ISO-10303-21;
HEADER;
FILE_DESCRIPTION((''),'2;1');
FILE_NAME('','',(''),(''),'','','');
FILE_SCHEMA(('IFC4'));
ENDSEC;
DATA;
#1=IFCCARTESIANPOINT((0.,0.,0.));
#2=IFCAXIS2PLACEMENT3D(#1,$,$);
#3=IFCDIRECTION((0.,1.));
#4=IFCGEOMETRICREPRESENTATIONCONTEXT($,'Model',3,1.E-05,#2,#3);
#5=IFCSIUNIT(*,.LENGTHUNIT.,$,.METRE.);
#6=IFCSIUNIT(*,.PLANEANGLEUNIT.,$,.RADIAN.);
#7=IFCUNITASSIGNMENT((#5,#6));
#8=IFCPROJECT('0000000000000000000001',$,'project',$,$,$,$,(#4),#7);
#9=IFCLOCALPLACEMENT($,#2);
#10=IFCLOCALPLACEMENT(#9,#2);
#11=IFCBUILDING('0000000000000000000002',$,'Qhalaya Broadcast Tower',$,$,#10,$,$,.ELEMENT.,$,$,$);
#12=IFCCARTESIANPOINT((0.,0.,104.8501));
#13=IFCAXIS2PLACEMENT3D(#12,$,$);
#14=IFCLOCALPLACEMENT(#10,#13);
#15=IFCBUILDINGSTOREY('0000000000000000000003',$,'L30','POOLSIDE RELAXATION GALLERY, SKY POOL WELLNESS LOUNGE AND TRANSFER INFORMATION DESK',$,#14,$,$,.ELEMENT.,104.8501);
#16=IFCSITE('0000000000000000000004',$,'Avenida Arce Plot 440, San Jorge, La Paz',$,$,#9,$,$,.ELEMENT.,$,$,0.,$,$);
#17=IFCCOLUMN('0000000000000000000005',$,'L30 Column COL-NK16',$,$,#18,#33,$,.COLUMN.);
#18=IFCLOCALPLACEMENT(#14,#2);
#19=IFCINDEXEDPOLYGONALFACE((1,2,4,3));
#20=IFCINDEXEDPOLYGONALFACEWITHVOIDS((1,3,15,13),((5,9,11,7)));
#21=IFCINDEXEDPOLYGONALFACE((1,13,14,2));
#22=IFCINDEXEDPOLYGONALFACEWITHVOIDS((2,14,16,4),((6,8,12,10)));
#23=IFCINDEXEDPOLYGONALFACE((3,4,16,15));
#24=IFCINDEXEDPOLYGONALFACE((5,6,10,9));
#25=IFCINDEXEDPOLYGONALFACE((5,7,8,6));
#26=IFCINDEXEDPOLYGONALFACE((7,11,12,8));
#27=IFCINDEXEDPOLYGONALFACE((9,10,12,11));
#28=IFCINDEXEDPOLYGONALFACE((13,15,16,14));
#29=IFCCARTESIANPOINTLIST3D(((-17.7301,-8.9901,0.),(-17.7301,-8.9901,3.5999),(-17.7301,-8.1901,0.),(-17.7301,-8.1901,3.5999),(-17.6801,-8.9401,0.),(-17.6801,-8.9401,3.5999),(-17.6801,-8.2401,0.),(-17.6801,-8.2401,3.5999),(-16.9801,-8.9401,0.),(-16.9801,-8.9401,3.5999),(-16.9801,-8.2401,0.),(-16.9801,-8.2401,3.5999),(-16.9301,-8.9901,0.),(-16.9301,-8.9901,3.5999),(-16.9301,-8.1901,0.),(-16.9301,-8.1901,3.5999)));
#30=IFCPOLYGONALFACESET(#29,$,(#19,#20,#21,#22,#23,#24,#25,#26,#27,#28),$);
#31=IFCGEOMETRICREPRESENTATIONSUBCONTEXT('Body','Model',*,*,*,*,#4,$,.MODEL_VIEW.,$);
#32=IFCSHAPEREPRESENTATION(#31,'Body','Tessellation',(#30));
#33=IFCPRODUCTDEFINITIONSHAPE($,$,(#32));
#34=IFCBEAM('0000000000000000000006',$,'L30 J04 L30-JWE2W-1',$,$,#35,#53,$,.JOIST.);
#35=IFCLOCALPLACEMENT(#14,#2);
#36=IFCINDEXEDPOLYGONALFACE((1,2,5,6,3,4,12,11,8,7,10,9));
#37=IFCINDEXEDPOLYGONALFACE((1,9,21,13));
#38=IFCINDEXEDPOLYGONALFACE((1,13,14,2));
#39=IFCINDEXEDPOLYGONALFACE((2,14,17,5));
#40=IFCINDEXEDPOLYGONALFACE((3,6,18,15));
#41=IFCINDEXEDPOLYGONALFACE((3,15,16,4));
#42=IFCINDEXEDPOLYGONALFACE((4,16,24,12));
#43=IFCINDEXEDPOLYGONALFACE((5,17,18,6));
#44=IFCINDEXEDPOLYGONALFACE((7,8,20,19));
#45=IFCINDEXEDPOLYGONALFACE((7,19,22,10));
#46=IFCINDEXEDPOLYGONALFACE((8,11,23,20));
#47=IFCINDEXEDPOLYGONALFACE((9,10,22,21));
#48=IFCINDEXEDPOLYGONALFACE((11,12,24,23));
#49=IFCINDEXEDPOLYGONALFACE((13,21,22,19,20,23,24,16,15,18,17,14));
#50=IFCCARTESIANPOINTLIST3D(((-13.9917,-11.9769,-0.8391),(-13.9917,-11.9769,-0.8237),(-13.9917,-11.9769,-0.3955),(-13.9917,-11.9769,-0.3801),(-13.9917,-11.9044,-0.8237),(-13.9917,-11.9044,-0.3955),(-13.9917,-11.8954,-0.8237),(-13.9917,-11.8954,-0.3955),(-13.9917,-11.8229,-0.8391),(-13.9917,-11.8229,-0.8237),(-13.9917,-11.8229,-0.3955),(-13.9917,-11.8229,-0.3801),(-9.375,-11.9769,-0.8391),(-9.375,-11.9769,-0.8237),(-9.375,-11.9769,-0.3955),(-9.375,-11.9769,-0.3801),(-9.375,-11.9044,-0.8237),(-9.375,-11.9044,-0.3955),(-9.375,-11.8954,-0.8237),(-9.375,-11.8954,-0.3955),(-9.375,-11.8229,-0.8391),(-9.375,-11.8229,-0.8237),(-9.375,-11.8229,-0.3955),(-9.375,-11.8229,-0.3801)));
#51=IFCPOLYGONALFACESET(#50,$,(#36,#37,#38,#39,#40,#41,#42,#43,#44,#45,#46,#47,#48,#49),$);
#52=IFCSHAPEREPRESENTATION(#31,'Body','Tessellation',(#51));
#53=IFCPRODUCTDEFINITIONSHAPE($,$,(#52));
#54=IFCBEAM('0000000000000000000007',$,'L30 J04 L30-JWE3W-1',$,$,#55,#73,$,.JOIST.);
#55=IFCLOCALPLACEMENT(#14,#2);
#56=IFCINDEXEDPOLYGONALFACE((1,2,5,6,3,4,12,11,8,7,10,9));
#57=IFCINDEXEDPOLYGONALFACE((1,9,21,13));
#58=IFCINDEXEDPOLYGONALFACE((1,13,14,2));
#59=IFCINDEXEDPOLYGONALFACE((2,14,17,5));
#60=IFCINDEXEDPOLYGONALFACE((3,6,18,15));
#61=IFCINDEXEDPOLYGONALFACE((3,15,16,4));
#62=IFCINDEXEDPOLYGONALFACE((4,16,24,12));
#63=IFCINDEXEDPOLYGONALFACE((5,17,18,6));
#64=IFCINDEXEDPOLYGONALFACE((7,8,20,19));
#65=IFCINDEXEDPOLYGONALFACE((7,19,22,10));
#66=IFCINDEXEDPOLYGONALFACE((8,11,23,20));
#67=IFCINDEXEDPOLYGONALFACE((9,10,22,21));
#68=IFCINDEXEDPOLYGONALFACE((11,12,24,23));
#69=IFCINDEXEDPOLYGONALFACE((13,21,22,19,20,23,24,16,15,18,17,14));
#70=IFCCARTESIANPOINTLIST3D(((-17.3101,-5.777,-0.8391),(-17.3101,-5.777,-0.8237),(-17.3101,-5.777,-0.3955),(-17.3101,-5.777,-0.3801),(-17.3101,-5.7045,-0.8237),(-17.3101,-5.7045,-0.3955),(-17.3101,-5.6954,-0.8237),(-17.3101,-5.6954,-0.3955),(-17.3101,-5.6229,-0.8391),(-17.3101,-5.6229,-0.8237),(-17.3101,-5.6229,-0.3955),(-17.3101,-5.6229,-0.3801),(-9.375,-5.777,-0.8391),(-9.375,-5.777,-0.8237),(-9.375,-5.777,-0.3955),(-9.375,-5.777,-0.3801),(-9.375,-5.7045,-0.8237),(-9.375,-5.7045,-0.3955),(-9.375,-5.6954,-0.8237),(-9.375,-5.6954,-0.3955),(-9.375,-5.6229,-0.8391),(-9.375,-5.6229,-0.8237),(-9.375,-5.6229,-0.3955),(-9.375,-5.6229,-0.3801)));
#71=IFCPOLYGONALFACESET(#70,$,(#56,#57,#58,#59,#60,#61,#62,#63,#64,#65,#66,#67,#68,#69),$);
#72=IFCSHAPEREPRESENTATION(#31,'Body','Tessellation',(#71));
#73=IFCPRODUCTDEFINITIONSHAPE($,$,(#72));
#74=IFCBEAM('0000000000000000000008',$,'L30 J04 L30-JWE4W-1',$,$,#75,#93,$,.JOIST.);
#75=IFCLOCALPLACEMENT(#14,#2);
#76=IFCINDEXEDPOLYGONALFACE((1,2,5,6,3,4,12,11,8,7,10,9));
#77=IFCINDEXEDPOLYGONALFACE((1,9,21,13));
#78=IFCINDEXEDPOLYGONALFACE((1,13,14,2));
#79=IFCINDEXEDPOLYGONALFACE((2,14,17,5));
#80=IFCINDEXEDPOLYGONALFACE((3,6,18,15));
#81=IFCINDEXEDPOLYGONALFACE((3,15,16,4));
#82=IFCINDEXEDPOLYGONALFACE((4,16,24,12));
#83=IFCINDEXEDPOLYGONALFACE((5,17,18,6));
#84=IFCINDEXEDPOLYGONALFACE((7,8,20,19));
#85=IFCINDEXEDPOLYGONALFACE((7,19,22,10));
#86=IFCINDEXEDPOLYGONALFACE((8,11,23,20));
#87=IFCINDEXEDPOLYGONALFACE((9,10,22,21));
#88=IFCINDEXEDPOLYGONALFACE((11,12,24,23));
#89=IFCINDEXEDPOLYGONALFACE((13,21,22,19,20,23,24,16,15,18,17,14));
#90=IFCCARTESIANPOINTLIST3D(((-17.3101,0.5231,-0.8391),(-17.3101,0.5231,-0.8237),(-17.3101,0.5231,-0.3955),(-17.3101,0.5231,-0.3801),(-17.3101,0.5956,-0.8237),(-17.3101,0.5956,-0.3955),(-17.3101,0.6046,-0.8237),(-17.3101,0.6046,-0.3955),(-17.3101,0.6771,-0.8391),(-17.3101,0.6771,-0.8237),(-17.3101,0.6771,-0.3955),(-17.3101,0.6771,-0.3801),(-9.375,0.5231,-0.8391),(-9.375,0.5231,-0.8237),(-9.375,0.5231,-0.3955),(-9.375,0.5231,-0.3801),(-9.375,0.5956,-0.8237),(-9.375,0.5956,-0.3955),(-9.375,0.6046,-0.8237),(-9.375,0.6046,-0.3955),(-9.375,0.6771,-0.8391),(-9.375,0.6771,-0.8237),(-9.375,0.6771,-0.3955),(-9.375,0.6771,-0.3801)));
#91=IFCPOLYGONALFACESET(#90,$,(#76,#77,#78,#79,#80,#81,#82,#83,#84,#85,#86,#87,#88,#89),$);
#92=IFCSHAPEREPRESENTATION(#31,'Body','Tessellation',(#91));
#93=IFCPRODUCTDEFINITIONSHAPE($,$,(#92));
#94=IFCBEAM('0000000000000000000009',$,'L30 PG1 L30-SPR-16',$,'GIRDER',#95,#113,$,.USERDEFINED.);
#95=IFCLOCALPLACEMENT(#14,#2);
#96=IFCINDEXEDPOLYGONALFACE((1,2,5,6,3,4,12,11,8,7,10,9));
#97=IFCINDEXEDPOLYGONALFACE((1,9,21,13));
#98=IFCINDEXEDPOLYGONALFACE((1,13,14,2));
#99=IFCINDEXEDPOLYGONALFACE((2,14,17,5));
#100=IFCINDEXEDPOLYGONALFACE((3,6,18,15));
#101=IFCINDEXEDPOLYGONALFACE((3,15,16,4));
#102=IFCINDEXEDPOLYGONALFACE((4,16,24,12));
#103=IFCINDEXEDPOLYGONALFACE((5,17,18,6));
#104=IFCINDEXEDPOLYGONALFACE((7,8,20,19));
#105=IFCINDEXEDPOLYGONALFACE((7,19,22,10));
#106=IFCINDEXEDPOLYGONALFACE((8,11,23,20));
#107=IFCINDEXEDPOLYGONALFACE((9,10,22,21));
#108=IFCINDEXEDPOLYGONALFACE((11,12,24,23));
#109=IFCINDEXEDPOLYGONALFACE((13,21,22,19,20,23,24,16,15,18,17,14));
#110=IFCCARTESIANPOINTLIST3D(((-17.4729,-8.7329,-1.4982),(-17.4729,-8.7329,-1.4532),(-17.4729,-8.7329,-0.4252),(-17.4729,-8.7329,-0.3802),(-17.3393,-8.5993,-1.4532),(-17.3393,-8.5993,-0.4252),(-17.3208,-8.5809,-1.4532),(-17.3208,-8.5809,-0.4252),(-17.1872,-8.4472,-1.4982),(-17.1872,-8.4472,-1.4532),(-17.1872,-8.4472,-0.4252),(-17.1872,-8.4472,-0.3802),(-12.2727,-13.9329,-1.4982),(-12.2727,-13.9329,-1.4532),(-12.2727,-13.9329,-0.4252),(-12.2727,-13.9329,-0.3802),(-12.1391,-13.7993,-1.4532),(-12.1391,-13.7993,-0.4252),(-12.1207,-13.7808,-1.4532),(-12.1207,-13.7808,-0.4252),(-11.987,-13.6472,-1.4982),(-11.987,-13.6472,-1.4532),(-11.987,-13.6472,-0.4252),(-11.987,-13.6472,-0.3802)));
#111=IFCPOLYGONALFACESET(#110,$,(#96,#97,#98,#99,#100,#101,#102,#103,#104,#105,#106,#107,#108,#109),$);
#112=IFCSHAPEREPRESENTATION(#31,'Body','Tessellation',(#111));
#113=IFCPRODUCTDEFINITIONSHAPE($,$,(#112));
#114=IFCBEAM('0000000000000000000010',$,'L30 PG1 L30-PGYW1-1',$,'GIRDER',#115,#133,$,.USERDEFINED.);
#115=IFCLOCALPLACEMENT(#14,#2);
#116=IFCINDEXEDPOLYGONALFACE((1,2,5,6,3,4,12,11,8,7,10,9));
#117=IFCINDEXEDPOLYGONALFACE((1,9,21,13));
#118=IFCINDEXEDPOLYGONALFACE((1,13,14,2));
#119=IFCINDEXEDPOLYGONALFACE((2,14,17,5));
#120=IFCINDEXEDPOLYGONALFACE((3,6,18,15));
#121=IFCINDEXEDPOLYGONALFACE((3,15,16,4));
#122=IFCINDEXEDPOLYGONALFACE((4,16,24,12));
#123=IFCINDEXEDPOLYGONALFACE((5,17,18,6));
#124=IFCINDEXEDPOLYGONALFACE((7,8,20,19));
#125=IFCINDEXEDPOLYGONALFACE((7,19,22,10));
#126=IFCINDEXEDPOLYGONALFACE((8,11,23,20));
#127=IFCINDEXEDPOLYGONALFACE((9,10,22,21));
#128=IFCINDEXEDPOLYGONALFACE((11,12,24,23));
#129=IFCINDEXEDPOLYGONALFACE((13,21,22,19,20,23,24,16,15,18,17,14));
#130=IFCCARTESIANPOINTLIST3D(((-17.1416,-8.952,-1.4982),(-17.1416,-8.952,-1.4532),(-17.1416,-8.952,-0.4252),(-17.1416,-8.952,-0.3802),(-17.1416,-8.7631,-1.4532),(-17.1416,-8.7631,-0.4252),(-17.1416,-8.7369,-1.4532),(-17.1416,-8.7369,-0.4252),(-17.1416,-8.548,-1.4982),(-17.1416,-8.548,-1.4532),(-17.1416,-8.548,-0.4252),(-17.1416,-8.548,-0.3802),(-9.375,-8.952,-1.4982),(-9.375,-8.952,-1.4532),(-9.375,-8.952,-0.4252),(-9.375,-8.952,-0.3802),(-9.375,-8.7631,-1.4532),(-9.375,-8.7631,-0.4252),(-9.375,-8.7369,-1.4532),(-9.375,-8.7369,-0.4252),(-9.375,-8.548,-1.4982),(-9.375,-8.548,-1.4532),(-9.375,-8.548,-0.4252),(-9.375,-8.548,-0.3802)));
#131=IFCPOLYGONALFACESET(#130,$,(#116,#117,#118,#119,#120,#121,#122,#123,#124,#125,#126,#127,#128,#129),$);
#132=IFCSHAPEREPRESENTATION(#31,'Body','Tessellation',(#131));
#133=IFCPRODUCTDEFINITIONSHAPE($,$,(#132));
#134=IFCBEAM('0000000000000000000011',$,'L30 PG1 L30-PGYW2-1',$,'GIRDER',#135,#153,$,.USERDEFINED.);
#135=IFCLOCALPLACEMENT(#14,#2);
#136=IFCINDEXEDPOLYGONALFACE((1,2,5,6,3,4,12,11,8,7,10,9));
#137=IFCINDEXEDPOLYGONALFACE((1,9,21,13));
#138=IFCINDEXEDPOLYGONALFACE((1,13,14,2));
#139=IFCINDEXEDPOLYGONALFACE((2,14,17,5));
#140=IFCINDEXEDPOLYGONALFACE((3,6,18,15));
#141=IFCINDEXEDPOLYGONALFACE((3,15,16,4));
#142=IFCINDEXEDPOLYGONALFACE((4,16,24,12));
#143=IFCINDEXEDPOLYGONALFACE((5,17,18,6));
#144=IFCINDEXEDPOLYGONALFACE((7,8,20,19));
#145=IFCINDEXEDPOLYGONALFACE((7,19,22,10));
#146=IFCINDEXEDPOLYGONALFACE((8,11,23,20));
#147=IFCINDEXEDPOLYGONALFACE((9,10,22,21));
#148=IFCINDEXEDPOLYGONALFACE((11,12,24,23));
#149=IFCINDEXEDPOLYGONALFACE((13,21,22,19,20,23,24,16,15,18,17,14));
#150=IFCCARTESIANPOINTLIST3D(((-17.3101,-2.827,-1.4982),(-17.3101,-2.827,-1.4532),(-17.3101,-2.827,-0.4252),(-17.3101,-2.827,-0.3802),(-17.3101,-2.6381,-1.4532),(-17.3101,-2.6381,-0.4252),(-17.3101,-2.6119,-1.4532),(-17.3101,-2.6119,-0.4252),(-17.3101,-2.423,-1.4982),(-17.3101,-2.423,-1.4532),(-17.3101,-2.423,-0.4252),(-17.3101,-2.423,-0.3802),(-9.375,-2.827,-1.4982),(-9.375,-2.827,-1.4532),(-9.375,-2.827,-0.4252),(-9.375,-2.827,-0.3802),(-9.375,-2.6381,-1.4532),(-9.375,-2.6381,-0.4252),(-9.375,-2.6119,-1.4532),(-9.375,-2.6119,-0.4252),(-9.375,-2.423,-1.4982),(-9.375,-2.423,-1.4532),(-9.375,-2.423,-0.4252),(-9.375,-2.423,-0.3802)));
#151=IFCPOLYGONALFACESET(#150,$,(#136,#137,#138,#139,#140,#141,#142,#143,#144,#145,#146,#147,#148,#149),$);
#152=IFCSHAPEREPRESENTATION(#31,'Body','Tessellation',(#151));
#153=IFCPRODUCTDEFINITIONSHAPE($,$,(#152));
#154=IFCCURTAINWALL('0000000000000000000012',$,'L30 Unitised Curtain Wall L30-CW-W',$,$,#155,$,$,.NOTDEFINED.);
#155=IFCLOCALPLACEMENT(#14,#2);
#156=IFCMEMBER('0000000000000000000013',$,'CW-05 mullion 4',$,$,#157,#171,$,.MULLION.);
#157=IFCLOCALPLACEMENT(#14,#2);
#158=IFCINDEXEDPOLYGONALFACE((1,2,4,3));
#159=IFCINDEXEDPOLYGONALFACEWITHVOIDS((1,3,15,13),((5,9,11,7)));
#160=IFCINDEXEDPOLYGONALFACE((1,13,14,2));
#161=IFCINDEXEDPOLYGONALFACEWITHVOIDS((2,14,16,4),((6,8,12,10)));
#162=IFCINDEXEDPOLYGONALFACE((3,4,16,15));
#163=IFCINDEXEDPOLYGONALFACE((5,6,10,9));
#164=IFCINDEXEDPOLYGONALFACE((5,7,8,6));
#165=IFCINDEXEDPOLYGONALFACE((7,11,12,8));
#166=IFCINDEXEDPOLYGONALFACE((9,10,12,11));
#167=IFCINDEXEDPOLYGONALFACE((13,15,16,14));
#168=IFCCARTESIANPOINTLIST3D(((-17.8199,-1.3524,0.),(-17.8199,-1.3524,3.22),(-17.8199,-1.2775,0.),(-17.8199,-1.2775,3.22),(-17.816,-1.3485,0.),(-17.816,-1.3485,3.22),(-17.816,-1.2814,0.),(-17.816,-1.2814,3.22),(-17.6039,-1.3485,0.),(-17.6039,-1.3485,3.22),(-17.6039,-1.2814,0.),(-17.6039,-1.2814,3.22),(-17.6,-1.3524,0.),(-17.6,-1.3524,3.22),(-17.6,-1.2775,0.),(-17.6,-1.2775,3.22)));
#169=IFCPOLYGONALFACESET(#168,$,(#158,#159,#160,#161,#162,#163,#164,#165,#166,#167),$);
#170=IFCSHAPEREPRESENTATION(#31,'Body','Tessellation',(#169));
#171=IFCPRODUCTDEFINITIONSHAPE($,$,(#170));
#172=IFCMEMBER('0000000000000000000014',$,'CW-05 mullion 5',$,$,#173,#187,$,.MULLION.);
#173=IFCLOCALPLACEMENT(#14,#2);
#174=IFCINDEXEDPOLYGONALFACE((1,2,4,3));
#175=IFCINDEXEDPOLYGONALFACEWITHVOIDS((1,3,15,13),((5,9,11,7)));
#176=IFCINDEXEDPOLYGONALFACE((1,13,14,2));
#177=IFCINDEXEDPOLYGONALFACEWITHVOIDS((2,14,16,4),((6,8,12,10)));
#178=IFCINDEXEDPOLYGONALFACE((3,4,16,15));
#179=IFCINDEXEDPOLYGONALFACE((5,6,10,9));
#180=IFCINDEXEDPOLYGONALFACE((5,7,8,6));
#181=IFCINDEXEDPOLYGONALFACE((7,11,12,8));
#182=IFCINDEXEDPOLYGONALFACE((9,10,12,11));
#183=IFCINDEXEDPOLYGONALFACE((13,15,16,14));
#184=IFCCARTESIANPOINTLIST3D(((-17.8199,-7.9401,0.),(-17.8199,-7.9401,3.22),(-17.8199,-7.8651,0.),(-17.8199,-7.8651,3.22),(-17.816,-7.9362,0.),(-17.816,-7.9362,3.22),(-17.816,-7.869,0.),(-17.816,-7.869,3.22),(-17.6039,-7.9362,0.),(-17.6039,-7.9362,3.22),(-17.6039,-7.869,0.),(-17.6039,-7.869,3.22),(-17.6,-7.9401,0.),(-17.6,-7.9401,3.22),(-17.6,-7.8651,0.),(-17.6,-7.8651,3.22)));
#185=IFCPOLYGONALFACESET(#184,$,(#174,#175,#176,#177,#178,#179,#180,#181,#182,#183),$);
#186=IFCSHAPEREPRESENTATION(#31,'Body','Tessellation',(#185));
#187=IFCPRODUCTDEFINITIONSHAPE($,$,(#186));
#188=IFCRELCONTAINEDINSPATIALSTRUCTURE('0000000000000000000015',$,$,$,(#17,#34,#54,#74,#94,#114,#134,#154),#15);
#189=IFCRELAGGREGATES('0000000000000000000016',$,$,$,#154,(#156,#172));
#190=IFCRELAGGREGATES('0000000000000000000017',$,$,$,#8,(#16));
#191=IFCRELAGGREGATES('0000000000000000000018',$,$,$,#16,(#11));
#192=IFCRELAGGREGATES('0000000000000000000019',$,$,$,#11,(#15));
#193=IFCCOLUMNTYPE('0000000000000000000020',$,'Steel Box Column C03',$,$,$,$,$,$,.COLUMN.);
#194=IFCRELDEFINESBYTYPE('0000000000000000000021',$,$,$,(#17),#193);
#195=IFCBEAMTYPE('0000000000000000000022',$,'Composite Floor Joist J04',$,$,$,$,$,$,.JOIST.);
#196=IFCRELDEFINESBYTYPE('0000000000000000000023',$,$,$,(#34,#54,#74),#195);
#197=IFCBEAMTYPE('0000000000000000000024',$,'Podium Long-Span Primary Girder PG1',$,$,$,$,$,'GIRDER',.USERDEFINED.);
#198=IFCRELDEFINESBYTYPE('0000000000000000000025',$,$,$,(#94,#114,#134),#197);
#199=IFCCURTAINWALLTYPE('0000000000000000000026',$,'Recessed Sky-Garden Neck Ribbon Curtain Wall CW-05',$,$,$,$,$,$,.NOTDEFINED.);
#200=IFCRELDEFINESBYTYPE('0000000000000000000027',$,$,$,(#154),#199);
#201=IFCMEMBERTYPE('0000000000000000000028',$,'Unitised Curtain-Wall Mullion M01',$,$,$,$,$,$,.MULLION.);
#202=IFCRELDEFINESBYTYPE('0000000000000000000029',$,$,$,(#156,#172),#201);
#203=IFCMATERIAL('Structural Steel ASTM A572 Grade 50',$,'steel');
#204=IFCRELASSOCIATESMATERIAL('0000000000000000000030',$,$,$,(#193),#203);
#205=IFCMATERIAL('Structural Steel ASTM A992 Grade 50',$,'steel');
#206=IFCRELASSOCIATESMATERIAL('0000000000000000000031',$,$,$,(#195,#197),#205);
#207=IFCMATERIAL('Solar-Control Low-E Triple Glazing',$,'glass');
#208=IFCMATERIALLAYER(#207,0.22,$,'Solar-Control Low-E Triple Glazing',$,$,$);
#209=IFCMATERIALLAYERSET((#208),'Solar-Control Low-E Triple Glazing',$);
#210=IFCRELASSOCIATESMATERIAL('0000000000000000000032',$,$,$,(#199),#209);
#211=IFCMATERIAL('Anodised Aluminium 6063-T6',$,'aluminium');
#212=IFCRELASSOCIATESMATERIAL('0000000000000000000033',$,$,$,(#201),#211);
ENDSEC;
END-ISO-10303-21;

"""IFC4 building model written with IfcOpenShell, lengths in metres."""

from ifc_helpers import new_model, si_unit, direction, frame, origin, origin_2d, place, context, subcontext, project, spatial, hollow_rectangle, i_section, extrude, material, layer, layer_set, material_profile, profile_set, type_object, element, aggregate, save


model = new_model("IFC4")

# Units and contexts
model_context = context("Model", 3, precision=1e-05, world=origin(), true_north=direction((0.0, 1.0)))
body_context = subcontext(model_context, "Body", "Model", "MODEL_VIEW")
ifc_project = project(units=[si_unit("LENGTHUNIT", "METRE"), si_unit("PLANEANGLEUNIT", "RADIAN")], contexts=[model_context])

# Site, building, storey
site_placement = place(None, origin())
site = spatial("IfcSite", under=ifc_project, at=site_placement, Name="Avenida Arce Plot 440, San Jorge, La Paz", CompositionType="ELEMENT", RefElevation=0.0)
building_placement = place(site_placement, origin())
building = spatial("IfcBuilding", under=site, at=building_placement, Name="Qhalaya Broadcast Tower", CompositionType="ELEMENT")
storey_placement = place(building_placement, frame((0.0, 0.0, 104.8501)))
storey = spatial("IfcBuildingStorey", under=building, at=storey_placement, Name="L30", Description="POOLSIDE RELAXATION GALLERY, SKY POOL WELLNESS LOUNGE AND TRANSFER INFORMATION DESK", CompositionType="ELEMENT", Elevation=104.8501)

# Column
ifc_material_1 = material(Name="Structural Steel ASTM A572 Grade 50", Category="steel")
ifc_material_profile_1 = material_profile(ifc_material_1, hollow_rectangle(XDim=0.8, YDim=0.8, WallThickness=0.05, at=origin_2d()), Name="BOX 800x800x50")
ifc_profile_set_1 = profile_set([ifc_material_profile_1], Name="Structural Steel ASTM A572 Grade 50")
column_type = type_object("IfcColumnType", Name="Steel Box Column C03", PredefinedType="COLUMN", material=ifc_profile_set_1)
column_placement = place(storey_placement, frame((-17.3301, -8.5901, 0.0), z_axis=(0.0, 0.0, 1.0), x_axis=(0.0, 1.0, 0.0)))
element("IfcColumn", 1, at=column_placement, inside=storey, type_object=column_type, Name="L30 Column COL-NK16", PredefinedType="COLUMN", context=body_context, shape_type="SweptSolid", body=[
    extrude(hollow_rectangle(XDim=0.8, YDim=0.8, WallThickness=0.05, at=origin_2d()), origin(), (0.0, 0.0, 1.0), 3.5999),
])

# Beams
ifc_material_2 = material(Name="Structural Steel ASTM A992 Grade 50", Category="steel")
ifc_material_profile_2 = material_profile(ifc_material_2, i_section(OverallWidth=0.1541, OverallDepth=0.459, WebThickness=0.009, FlangeThickness=0.0154, at=origin_2d()), Name="W18X46")
ifc_profile_set_2 = profile_set([ifc_material_profile_2], Name="Structural Steel ASTM A992 Grade 50")
beam_type_1 = type_object("IfcBeamType", Name="Composite Floor Joist J04", PredefinedType="JOIST", material=ifc_profile_set_2)
beam_1_placement = place(storey_placement, frame((-13.9917, -11.8999, -0.6096), z_axis=(1.0, 0.0, 0.0), x_axis=(0.0, 1.0, 0.0)))
element("IfcBeam", 2, at=beam_1_placement, inside=storey, type_object=beam_type_1, Name="L30 J04 L30-JWE2W-1", PredefinedType="JOIST", context=body_context, shape_type="SweptSolid", body=[
    extrude(i_section(OverallWidth=0.1541, OverallDepth=0.459, WebThickness=0.009, FlangeThickness=0.0154, at=origin_2d()), origin(), (0.0, 0.0, 1.0), 4.6167),
])
for number, where, z_axis, x_axis, name in (
    (3, (-17.3101, -5.7, -0.6096), (1.0, 0.0, 0.0), (0.0, 1.0, 0.0), "L30 J04 L30-JWE3W-1"),
    (4, (-17.3101, 0.6001, -0.6096), (1.0, 0.0, 0.0), (0.0, 1.0, 0.0), "L30 J04 L30-JWE4W-1"),
):
    element("IfcBeam", number, at=place(storey_placement, frame(where, z_axis=z_axis, x_axis=x_axis)), inside=storey, type_object=beam_type_1, Name=name, PredefinedType="JOIST", context=body_context, shape_type="SweptSolid", body=[
        extrude(i_section(OverallWidth=0.1541, OverallDepth=0.459, WebThickness=0.009, FlangeThickness=0.0154, at=origin_2d()), origin(), (0.0, 0.0, 1.0), 7.9351),
    ])
ifc_material_profile_3 = material_profile(ifc_material_2, i_section(OverallWidth=0.4041, OverallDepth=1.1179, WebThickness=0.0261, FlangeThickness=0.0449, at=origin_2d()), Name="W44X335")
ifc_profile_set_3 = profile_set([ifc_material_profile_3], Name="Structural Steel ASTM A992 Grade 50")
beam_type_2 = type_object("IfcBeamType", Name="Podium Long-Span Primary Girder PG1", ElementType="GIRDER", PredefinedType="USERDEFINED", material=ifc_profile_set_3)
beam_2_placement = place(storey_placement, frame((-17.3301, -8.5901, -0.9392), z_axis=(0.707123, -0.70709, 0.0), x_axis=(0.70709, 0.707123, 0.0)))
element("IfcBeam", 5, at=beam_2_placement, inside=storey, type_object=beam_type_2, Name="L30 PG1 L30-SPR-16", ObjectType="GIRDER", PredefinedType="USERDEFINED", context=body_context, shape_type="SweptSolid", body=[
    extrude(i_section(OverallWidth=0.4041, OverallDepth=1.1179, WebThickness=0.0261, FlangeThickness=0.0449, at=origin_2d()), origin(), (0.0, 0.0, 1.0), 7.354),
])
beam_3_placement = place(storey_placement, frame((-17.1416, -8.75, -0.9392), z_axis=(1.0, 0.0, 0.0), x_axis=(0.0, 1.0, 0.0)))
element("IfcBeam", 6, at=beam_3_placement, inside=storey, type_object=beam_type_2, Name="L30 PG1 L30-PGYW1-1", ObjectType="GIRDER", PredefinedType="USERDEFINED", context=body_context, shape_type="SweptSolid", body=[
    extrude(i_section(OverallWidth=0.4041, OverallDepth=1.1179, WebThickness=0.0261, FlangeThickness=0.0449, at=origin_2d()), origin(), (0.0, 0.0, 1.0), 7.7666),
])
beam_4_placement = place(storey_placement, frame((-17.3101, -2.625, -0.9392), z_axis=(1.0, 0.0, 0.0), x_axis=(0.0, 1.0, 0.0)))
element("IfcBeam", 7, at=beam_4_placement, inside=storey, type_object=beam_type_2, Name="L30 PG1 L30-PGYW2-1", ObjectType="GIRDER", PredefinedType="USERDEFINED", context=body_context, shape_type="SweptSolid", body=[
    extrude(i_section(OverallWidth=0.4041, OverallDepth=1.1179, WebThickness=0.0261, FlangeThickness=0.0449, at=origin_2d()), origin(), (0.0, 0.0, 1.0), 7.9351),
])

# Curtain wall, members
ifc_material_3 = material(Name="Solar-Control Low-E Triple Glazing", Category="glass")
ifc_layer_1 = layer(ifc_material_3, 0.22, Name="Solar-Control Low-E Triple Glazing")
ifc_layer_set_1 = layer_set([ifc_layer_1], Name="Solar-Control Low-E Triple Glazing")
curtain_wall_type = type_object("IfcCurtainWallType", Name="Recessed Sky-Garden Neck Ribbon Curtain Wall CW-05", PredefinedType="NOTDEFINED", material=ifc_layer_set_1)
curtain_wall_placement = place(storey_placement, origin())
curtain_wall = element("IfcCurtainWall", 8, at=curtain_wall_placement, inside=storey, type_object=curtain_wall_type, Name="L30 Unitised Curtain Wall L30-CW-W", PredefinedType="NOTDEFINED")
ifc_material_4 = material(Name="Anodised Aluminium 6063-T6", Category="aluminium")
ifc_material_profile_4 = material_profile(ifc_material_4, hollow_rectangle(XDim=0.075, YDim=0.22, WallThickness=0.0039, at=origin_2d()), Name="ALU-MUL 75x220x4")
ifc_profile_set_4 = profile_set([ifc_material_profile_4], Name="Anodised Aluminium 6063-T6")
member_type_1 = type_object("IfcMemberType", Name="Unitised Curtain-Wall Mullion M01", PredefinedType="MULLION", material=ifc_profile_set_4)
member_1_placement = place(storey_placement, frame((-17.71, -1.3149, 0.0), z_axis=(0.0, 0.0, 1.0), x_axis=(0.0, -1.0, 0.0)))
member_1 = element("IfcMember", 9, at=member_1_placement, type_object=member_type_1, Name="CW-05 mullion 4", PredefinedType="MULLION", context=body_context, shape_type="SweptSolid", body=[
    extrude(hollow_rectangle(XDim=0.075, YDim=0.22, WallThickness=0.0039, at=origin_2d()), origin(), (0.0, 0.0, 1.0), 3.22),
])
member_2_placement = place(storey_placement, frame((-17.71, -7.9026, 0.0), z_axis=(0.0, 0.0, 1.0), x_axis=(0.0, -1.0, 0.0)))
member_2 = element("IfcMember", 10, at=member_2_placement, type_object=member_type_1, Name="CW-05 mullion 5", PredefinedType="MULLION", context=body_context, shape_type="SweptSolid", body=[
    extrude(hollow_rectangle(XDim=0.075, YDim=0.22, WallThickness=0.0039, at=origin_2d()), origin(), (0.0, 0.0, 1.0), 3.22),
])
aggregate(curtain_wall, [member_1, member_2])

save(model, "model.ifc")
